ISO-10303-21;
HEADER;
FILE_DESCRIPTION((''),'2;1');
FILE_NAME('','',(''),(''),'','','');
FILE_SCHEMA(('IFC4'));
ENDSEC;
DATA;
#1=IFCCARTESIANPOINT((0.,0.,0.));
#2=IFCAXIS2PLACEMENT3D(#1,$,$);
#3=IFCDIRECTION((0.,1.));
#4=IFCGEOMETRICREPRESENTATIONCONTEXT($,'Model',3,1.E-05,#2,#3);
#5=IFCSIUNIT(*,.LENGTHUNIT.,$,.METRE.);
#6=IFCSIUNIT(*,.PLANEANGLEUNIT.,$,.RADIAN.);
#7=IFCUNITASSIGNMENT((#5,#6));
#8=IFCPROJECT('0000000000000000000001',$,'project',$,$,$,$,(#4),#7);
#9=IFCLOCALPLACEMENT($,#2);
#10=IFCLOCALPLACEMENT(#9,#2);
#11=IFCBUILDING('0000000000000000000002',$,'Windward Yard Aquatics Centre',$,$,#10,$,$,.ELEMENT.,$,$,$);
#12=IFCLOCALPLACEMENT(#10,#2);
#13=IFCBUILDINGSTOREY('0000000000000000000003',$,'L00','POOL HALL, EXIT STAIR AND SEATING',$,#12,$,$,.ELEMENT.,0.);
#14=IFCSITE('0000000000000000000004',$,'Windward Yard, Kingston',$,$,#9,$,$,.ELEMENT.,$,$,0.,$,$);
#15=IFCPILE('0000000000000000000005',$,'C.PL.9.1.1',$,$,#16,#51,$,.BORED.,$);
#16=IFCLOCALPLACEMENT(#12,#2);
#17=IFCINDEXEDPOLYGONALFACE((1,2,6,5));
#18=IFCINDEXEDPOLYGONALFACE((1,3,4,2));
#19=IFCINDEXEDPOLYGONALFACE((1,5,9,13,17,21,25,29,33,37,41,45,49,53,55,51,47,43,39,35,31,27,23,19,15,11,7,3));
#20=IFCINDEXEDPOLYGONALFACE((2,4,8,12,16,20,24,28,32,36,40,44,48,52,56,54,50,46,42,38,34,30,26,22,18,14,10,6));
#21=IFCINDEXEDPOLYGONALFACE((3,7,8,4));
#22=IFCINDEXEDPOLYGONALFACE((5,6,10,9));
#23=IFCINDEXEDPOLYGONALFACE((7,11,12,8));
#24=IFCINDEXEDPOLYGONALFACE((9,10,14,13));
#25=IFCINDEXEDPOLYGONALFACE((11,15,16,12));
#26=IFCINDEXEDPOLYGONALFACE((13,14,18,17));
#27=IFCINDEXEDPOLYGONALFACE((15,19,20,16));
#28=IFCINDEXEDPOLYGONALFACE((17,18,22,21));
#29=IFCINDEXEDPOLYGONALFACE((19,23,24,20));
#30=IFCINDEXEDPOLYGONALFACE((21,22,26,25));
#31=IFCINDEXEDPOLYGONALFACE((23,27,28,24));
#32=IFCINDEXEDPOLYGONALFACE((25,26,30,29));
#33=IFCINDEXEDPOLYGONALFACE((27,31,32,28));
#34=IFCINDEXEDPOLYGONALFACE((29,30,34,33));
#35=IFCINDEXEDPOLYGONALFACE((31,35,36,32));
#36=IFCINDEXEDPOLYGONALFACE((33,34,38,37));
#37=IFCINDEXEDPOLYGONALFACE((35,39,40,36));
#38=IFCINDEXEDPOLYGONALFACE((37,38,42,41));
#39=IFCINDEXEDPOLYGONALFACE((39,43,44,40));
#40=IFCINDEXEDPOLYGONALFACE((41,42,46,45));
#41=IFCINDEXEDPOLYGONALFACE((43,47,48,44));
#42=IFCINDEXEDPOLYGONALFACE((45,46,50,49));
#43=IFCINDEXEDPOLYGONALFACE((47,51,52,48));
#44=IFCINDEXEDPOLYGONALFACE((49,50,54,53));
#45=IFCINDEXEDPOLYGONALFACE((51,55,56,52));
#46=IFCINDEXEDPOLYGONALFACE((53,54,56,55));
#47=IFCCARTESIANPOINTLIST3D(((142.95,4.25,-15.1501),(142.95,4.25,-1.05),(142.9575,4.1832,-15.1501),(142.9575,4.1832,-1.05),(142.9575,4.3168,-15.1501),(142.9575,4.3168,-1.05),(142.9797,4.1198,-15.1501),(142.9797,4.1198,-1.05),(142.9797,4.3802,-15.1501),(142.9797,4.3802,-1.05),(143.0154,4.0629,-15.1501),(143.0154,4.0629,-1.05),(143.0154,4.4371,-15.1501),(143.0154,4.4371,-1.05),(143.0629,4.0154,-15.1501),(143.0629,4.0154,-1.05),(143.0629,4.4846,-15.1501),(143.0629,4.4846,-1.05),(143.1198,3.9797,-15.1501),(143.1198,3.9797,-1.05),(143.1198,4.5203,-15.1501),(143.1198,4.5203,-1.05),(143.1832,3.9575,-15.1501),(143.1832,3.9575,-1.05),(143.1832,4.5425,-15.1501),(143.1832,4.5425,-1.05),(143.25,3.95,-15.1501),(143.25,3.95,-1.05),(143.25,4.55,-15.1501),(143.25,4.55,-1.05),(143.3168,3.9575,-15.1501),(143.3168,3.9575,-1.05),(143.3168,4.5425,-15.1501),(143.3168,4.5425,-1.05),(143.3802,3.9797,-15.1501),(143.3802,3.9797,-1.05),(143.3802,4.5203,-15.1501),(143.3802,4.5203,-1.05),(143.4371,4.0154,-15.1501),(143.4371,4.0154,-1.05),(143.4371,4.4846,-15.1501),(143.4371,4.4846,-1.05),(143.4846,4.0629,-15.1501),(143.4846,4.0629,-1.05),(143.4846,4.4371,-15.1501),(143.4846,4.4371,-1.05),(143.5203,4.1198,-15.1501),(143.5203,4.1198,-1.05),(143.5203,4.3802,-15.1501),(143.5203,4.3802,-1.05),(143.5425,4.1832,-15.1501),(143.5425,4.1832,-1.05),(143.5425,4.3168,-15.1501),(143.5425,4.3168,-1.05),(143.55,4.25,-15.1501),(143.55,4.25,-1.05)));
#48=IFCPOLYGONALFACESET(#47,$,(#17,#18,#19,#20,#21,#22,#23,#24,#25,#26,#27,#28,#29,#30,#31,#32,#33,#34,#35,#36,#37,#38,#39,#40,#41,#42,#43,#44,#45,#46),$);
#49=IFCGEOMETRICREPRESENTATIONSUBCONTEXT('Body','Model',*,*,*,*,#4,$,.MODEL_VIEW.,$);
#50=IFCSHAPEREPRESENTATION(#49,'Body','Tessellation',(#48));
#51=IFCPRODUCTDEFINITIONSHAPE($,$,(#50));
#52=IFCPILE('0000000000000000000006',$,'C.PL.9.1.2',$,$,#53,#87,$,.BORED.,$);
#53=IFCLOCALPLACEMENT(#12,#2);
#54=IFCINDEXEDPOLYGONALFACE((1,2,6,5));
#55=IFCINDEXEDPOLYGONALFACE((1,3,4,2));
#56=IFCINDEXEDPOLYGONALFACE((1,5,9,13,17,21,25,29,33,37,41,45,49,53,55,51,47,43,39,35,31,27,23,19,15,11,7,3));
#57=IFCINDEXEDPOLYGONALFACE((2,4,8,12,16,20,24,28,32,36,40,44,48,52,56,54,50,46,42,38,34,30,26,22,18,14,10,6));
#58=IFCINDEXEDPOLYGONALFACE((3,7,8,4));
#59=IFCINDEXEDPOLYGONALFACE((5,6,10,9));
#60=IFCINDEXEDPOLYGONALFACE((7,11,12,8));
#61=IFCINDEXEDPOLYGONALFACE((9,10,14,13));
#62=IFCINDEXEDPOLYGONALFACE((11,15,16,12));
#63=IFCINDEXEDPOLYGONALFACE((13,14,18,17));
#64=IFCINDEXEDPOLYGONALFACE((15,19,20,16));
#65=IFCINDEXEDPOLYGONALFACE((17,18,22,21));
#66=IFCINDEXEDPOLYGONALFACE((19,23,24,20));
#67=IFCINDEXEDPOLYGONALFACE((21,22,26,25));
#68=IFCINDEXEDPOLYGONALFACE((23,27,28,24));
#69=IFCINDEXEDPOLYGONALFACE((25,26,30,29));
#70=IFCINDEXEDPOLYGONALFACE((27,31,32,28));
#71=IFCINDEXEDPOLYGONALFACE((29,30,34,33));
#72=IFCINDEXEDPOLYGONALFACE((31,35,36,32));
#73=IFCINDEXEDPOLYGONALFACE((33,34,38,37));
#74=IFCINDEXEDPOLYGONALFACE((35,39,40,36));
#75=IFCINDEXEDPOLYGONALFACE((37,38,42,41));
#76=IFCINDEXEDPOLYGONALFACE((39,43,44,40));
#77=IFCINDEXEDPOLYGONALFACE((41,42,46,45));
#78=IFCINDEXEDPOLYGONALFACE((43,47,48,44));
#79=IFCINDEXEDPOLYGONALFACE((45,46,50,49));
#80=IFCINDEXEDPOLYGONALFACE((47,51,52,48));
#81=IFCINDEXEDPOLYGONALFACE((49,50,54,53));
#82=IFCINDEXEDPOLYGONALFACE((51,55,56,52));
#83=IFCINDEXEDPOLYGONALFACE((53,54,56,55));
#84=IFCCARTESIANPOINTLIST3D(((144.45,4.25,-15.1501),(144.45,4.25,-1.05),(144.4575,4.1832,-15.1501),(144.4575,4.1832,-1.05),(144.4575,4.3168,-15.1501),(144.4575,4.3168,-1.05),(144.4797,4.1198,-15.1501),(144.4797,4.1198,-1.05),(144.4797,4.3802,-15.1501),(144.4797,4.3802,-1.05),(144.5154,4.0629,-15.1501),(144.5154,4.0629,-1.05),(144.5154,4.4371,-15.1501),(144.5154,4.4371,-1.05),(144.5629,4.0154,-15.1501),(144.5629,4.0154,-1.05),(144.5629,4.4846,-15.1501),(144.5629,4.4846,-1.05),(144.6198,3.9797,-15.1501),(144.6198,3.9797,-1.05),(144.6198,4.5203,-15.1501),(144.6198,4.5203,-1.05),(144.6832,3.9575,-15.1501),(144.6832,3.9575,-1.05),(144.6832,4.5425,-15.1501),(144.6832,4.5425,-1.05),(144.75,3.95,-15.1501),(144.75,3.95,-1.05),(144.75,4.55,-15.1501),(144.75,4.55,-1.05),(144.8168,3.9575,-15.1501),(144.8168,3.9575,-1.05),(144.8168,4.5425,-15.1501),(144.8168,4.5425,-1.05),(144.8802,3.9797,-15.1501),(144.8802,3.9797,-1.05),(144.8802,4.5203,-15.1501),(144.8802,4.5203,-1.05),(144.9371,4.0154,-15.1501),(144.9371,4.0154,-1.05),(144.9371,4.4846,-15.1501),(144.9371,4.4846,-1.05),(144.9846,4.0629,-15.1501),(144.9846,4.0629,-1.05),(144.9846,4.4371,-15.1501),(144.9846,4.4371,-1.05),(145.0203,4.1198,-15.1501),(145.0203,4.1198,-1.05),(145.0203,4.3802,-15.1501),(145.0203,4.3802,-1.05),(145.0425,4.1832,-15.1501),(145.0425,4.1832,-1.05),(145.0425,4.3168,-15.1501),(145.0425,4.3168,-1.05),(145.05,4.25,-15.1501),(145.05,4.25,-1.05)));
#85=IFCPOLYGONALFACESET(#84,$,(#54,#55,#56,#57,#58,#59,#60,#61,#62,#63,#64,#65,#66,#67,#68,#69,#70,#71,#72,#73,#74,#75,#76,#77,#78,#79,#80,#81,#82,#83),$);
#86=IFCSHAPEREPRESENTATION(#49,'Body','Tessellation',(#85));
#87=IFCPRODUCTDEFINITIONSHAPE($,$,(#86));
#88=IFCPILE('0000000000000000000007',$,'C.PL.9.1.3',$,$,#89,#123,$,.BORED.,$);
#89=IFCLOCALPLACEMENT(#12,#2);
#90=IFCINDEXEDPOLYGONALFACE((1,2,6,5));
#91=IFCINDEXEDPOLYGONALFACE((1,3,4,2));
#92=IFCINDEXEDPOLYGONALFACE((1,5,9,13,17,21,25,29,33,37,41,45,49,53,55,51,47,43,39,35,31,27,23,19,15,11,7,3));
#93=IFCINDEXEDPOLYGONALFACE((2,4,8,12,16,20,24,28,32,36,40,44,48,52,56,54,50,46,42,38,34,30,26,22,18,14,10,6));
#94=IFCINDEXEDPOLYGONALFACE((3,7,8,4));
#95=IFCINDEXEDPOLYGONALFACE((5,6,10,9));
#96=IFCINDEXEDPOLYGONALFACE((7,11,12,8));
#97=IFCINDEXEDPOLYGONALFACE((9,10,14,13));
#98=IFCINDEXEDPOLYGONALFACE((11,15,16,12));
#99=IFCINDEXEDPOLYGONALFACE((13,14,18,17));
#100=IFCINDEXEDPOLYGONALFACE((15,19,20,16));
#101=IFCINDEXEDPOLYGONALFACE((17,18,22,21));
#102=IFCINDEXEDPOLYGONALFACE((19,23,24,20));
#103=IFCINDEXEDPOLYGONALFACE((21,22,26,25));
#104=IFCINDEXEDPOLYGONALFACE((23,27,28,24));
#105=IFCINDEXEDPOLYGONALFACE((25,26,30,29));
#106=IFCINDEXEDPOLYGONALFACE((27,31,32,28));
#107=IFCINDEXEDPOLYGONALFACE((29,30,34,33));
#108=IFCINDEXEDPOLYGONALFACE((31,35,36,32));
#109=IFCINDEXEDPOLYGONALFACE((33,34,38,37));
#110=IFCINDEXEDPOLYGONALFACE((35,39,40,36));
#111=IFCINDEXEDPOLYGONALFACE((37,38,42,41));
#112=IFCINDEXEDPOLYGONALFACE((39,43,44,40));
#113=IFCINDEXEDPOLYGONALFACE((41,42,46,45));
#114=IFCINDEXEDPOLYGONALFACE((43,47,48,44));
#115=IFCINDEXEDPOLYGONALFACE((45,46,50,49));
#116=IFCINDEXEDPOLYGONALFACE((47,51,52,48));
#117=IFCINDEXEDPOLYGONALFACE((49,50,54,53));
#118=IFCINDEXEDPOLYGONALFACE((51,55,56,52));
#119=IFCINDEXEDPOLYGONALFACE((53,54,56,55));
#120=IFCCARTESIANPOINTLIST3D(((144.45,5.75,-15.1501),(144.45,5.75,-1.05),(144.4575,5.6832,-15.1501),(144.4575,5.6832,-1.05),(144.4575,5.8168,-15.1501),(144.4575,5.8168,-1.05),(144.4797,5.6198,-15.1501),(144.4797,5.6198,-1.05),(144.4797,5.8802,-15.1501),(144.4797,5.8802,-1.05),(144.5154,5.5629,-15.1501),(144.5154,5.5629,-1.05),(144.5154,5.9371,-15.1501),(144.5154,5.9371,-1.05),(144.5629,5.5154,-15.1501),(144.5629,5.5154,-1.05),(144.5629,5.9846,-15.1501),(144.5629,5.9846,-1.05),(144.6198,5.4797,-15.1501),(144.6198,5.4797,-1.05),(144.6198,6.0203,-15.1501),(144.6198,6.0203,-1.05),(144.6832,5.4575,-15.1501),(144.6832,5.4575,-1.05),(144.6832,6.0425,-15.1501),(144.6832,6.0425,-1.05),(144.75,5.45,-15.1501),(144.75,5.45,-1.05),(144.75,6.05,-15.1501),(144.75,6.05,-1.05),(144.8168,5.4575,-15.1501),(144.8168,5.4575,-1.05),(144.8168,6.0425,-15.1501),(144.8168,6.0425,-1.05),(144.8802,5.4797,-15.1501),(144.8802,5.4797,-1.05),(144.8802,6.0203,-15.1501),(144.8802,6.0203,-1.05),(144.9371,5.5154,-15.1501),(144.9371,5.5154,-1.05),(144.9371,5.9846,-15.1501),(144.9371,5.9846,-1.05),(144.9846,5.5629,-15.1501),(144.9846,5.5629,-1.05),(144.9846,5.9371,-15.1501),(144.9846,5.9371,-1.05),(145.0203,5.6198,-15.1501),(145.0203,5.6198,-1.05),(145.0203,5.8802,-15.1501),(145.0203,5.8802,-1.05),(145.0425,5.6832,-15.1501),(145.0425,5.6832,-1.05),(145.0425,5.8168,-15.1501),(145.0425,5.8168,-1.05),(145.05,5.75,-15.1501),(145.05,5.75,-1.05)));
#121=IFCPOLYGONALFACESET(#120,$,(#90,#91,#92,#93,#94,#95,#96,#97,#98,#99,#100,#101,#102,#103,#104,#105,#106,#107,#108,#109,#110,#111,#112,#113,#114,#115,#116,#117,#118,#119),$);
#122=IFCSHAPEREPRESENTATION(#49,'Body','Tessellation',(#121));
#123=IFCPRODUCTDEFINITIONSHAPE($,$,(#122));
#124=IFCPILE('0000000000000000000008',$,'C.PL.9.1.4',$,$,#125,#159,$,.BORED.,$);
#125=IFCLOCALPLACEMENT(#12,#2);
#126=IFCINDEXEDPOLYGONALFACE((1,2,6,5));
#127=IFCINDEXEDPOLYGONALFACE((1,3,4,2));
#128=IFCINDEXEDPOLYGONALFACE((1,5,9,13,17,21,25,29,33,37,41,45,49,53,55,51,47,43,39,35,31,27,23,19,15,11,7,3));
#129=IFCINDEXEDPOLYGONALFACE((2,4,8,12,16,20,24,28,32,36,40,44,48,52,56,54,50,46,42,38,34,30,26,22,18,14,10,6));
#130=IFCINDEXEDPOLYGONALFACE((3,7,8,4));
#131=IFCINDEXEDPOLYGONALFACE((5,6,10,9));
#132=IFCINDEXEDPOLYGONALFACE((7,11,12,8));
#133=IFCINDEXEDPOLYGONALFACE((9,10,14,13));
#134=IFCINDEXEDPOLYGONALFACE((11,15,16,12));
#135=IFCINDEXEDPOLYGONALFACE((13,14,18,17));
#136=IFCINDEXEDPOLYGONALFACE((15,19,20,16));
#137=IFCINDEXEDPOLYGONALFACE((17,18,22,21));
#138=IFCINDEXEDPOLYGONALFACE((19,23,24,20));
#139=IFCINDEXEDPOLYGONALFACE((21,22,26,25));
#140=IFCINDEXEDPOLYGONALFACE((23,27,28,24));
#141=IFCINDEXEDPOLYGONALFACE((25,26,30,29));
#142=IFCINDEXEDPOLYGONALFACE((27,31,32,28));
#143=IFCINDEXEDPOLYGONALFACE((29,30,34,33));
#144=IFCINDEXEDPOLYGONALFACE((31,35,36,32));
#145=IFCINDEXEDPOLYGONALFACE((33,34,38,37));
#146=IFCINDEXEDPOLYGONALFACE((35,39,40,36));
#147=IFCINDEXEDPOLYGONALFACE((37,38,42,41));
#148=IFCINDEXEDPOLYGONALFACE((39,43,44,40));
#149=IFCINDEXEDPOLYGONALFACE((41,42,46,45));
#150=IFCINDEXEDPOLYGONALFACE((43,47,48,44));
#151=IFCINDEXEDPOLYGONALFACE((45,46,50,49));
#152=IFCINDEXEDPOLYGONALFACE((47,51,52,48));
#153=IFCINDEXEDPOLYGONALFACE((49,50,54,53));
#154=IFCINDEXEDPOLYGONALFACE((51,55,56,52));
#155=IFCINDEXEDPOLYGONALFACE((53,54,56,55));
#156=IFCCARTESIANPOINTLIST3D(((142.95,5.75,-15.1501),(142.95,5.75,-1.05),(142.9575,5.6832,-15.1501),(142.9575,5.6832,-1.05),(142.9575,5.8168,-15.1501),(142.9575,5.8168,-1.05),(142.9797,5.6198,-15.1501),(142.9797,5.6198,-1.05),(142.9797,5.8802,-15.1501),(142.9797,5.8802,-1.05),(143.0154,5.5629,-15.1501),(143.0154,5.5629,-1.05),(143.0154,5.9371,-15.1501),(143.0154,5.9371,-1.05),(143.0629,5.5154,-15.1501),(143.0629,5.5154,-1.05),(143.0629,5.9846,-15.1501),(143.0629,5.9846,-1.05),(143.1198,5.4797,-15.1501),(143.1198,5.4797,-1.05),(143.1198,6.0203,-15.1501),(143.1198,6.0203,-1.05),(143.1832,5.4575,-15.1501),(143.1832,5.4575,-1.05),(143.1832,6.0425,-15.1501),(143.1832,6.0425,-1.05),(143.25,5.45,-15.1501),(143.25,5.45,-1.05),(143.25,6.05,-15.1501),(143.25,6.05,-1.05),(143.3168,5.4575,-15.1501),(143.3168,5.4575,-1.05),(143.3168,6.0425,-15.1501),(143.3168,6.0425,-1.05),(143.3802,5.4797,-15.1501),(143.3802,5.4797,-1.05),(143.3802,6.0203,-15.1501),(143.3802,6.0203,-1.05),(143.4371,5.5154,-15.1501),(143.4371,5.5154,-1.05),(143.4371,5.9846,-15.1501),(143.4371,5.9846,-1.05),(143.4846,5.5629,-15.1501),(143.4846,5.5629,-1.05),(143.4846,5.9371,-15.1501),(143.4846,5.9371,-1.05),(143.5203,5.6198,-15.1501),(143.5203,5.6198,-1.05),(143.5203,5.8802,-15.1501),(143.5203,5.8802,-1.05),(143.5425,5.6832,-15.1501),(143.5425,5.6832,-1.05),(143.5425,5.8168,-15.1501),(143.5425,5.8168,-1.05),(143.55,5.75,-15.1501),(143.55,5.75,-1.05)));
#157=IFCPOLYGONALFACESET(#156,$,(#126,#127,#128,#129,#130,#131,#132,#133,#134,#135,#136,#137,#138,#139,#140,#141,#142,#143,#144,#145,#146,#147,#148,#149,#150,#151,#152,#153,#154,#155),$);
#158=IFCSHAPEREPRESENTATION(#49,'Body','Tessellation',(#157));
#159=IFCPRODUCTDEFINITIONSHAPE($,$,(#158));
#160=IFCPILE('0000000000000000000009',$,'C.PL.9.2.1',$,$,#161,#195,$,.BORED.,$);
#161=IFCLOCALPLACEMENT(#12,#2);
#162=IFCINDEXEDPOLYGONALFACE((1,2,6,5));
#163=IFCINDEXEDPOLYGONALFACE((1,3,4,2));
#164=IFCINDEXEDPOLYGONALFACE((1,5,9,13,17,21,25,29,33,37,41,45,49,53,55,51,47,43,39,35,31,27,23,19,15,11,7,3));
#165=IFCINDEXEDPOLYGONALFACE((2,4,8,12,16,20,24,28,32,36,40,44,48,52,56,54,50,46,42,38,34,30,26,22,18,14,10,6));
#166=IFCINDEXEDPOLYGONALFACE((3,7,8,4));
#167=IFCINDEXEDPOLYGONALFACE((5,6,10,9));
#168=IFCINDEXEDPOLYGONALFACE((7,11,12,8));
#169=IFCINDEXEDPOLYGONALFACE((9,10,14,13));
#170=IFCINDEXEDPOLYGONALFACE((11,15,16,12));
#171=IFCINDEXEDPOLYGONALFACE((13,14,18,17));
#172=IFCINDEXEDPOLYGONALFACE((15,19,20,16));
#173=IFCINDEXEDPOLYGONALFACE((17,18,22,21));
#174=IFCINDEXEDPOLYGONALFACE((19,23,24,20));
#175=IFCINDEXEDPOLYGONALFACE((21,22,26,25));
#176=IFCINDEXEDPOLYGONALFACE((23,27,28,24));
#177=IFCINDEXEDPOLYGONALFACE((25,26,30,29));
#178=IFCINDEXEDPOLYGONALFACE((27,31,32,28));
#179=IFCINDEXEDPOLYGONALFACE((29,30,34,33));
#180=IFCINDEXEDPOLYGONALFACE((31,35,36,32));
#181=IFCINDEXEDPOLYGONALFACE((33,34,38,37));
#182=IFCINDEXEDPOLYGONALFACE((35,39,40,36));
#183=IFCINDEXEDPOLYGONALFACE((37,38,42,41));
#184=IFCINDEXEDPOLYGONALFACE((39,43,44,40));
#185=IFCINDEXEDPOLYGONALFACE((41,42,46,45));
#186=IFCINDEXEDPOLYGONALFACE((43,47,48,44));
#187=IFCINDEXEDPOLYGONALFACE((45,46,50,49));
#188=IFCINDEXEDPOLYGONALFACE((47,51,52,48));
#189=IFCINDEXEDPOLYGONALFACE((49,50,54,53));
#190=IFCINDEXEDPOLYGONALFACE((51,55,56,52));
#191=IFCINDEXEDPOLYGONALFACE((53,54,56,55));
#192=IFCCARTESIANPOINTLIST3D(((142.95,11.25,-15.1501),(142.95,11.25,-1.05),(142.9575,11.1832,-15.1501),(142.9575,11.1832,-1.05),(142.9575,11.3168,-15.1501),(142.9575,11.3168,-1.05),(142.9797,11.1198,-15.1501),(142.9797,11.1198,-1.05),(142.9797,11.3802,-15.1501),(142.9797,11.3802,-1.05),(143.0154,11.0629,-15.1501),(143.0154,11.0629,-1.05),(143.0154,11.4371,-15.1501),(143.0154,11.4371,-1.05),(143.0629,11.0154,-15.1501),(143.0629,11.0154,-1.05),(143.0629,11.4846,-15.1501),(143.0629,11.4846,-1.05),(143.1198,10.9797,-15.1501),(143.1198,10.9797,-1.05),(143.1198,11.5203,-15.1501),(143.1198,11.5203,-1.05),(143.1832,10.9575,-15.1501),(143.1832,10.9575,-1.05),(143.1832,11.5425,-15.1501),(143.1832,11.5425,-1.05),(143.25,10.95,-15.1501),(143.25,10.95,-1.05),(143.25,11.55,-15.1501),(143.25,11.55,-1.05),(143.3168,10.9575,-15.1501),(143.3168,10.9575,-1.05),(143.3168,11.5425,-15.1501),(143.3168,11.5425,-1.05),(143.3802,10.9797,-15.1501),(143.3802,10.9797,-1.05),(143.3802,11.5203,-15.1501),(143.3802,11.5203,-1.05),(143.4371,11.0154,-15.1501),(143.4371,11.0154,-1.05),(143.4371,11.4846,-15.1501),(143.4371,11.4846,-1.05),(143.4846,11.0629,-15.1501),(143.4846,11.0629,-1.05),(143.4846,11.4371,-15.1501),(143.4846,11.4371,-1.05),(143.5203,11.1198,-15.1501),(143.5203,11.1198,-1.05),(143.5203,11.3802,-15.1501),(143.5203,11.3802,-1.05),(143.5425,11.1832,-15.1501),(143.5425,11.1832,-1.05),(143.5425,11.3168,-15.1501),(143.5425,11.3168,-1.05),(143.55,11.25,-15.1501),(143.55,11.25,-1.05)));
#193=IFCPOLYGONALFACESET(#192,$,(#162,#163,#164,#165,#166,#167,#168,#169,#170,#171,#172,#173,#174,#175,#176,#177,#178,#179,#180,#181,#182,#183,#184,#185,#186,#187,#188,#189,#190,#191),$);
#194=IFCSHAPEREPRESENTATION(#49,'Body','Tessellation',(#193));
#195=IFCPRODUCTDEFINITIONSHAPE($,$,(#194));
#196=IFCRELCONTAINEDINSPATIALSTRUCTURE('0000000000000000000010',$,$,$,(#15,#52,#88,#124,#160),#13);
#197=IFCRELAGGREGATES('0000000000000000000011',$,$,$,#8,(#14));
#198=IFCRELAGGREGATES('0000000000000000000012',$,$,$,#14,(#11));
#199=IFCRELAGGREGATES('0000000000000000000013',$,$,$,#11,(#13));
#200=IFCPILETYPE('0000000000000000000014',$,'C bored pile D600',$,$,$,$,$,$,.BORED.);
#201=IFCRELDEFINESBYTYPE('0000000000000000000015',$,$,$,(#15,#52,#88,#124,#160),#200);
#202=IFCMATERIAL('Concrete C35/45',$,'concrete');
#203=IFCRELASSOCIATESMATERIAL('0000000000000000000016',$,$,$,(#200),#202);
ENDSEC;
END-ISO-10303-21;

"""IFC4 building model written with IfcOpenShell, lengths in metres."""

from ifc_helpers import new_model, si_unit, direction, frame, origin, origin_2d, place, context, subcontext, project, spatial, circle, extrude, material, material_profile, profile_set, type_object, element, save


model = new_model("IFC4")

# Units and contexts
model_context = context("Model", 3, precision=1e-05, world=origin(), true_north=direction((0.0, 1.0)))
body_context = subcontext(model_context, "Body", "Model", "MODEL_VIEW")
ifc_project = project(units=[si_unit("LENGTHUNIT", "METRE"), si_unit("PLANEANGLEUNIT", "RADIAN")], contexts=[model_context])

# Site, building, storey
site_placement = place(None, origin())
site = spatial("IfcSite", under=ifc_project, at=site_placement, Name="Windward Yard, Kingston", CompositionType="ELEMENT", RefElevation=0.0)
building_placement = place(site_placement, origin())
building = spatial("IfcBuilding", under=site, at=building_placement, Name="Windward Yard Aquatics Centre", CompositionType="ELEMENT")
storey_placement = place(building_placement, origin())
storey = spatial("IfcBuildingStorey", under=building, at=storey_placement, Name="L00", Description="POOL HALL, EXIT STAIR AND SEATING", CompositionType="ELEMENT", Elevation=0.0)

# Piles
ifc_material_1 = material(Name="Concrete C35/45", Category="concrete")
ifc_material_profile_1 = material_profile(ifc_material_1, circle(Radius=0.3, at=origin_2d()), Name="RC D600")
ifc_profile_set_1 = profile_set([ifc_material_profile_1], Name="Concrete C35/45")
pile_type = type_object("IfcPileType", Name="C bored pile D600", PredefinedType="BORED", material=ifc_profile_set_1)
for number, where, z_axis, x_axis, name in (
    (1, (143.25, 4.25, -1.05), (0.0, 0.0, -1.0), (1.0, 0.0, 0.0), "C.PL.9.1.1"),
    (2, (144.75, 4.25, -1.05), (0.0, 0.0, -1.0), (1.0, 0.0, 0.0), "C.PL.9.1.2"),
    (3, (144.75, 5.75, -1.05), (0.0, 0.0, -1.0), (1.0, 0.0, 0.0), "C.PL.9.1.3"),
    (4, (143.25, 5.75, -1.05), (0.0, 0.0, -1.0), (1.0, 0.0, 0.0), "C.PL.9.1.4"),
    (5, (143.25, 11.25, -1.05), (0.0, 0.0, -1.0), (1.0, 0.0, 0.0), "C.PL.9.2.1"),
):
    element("IfcPile", number, at=place(storey_placement, frame(where, z_axis=z_axis, x_axis=x_axis)), inside=storey, type_object=pile_type, Name=name, PredefinedType="BORED", context=body_context, shape_type="SweptSolid", body=[
        extrude(circle(Radius=0.3, at=origin_2d()), origin(), (0.0, 0.0, 1.0), 14.1001),
    ])

save(model, "model.ifc")
